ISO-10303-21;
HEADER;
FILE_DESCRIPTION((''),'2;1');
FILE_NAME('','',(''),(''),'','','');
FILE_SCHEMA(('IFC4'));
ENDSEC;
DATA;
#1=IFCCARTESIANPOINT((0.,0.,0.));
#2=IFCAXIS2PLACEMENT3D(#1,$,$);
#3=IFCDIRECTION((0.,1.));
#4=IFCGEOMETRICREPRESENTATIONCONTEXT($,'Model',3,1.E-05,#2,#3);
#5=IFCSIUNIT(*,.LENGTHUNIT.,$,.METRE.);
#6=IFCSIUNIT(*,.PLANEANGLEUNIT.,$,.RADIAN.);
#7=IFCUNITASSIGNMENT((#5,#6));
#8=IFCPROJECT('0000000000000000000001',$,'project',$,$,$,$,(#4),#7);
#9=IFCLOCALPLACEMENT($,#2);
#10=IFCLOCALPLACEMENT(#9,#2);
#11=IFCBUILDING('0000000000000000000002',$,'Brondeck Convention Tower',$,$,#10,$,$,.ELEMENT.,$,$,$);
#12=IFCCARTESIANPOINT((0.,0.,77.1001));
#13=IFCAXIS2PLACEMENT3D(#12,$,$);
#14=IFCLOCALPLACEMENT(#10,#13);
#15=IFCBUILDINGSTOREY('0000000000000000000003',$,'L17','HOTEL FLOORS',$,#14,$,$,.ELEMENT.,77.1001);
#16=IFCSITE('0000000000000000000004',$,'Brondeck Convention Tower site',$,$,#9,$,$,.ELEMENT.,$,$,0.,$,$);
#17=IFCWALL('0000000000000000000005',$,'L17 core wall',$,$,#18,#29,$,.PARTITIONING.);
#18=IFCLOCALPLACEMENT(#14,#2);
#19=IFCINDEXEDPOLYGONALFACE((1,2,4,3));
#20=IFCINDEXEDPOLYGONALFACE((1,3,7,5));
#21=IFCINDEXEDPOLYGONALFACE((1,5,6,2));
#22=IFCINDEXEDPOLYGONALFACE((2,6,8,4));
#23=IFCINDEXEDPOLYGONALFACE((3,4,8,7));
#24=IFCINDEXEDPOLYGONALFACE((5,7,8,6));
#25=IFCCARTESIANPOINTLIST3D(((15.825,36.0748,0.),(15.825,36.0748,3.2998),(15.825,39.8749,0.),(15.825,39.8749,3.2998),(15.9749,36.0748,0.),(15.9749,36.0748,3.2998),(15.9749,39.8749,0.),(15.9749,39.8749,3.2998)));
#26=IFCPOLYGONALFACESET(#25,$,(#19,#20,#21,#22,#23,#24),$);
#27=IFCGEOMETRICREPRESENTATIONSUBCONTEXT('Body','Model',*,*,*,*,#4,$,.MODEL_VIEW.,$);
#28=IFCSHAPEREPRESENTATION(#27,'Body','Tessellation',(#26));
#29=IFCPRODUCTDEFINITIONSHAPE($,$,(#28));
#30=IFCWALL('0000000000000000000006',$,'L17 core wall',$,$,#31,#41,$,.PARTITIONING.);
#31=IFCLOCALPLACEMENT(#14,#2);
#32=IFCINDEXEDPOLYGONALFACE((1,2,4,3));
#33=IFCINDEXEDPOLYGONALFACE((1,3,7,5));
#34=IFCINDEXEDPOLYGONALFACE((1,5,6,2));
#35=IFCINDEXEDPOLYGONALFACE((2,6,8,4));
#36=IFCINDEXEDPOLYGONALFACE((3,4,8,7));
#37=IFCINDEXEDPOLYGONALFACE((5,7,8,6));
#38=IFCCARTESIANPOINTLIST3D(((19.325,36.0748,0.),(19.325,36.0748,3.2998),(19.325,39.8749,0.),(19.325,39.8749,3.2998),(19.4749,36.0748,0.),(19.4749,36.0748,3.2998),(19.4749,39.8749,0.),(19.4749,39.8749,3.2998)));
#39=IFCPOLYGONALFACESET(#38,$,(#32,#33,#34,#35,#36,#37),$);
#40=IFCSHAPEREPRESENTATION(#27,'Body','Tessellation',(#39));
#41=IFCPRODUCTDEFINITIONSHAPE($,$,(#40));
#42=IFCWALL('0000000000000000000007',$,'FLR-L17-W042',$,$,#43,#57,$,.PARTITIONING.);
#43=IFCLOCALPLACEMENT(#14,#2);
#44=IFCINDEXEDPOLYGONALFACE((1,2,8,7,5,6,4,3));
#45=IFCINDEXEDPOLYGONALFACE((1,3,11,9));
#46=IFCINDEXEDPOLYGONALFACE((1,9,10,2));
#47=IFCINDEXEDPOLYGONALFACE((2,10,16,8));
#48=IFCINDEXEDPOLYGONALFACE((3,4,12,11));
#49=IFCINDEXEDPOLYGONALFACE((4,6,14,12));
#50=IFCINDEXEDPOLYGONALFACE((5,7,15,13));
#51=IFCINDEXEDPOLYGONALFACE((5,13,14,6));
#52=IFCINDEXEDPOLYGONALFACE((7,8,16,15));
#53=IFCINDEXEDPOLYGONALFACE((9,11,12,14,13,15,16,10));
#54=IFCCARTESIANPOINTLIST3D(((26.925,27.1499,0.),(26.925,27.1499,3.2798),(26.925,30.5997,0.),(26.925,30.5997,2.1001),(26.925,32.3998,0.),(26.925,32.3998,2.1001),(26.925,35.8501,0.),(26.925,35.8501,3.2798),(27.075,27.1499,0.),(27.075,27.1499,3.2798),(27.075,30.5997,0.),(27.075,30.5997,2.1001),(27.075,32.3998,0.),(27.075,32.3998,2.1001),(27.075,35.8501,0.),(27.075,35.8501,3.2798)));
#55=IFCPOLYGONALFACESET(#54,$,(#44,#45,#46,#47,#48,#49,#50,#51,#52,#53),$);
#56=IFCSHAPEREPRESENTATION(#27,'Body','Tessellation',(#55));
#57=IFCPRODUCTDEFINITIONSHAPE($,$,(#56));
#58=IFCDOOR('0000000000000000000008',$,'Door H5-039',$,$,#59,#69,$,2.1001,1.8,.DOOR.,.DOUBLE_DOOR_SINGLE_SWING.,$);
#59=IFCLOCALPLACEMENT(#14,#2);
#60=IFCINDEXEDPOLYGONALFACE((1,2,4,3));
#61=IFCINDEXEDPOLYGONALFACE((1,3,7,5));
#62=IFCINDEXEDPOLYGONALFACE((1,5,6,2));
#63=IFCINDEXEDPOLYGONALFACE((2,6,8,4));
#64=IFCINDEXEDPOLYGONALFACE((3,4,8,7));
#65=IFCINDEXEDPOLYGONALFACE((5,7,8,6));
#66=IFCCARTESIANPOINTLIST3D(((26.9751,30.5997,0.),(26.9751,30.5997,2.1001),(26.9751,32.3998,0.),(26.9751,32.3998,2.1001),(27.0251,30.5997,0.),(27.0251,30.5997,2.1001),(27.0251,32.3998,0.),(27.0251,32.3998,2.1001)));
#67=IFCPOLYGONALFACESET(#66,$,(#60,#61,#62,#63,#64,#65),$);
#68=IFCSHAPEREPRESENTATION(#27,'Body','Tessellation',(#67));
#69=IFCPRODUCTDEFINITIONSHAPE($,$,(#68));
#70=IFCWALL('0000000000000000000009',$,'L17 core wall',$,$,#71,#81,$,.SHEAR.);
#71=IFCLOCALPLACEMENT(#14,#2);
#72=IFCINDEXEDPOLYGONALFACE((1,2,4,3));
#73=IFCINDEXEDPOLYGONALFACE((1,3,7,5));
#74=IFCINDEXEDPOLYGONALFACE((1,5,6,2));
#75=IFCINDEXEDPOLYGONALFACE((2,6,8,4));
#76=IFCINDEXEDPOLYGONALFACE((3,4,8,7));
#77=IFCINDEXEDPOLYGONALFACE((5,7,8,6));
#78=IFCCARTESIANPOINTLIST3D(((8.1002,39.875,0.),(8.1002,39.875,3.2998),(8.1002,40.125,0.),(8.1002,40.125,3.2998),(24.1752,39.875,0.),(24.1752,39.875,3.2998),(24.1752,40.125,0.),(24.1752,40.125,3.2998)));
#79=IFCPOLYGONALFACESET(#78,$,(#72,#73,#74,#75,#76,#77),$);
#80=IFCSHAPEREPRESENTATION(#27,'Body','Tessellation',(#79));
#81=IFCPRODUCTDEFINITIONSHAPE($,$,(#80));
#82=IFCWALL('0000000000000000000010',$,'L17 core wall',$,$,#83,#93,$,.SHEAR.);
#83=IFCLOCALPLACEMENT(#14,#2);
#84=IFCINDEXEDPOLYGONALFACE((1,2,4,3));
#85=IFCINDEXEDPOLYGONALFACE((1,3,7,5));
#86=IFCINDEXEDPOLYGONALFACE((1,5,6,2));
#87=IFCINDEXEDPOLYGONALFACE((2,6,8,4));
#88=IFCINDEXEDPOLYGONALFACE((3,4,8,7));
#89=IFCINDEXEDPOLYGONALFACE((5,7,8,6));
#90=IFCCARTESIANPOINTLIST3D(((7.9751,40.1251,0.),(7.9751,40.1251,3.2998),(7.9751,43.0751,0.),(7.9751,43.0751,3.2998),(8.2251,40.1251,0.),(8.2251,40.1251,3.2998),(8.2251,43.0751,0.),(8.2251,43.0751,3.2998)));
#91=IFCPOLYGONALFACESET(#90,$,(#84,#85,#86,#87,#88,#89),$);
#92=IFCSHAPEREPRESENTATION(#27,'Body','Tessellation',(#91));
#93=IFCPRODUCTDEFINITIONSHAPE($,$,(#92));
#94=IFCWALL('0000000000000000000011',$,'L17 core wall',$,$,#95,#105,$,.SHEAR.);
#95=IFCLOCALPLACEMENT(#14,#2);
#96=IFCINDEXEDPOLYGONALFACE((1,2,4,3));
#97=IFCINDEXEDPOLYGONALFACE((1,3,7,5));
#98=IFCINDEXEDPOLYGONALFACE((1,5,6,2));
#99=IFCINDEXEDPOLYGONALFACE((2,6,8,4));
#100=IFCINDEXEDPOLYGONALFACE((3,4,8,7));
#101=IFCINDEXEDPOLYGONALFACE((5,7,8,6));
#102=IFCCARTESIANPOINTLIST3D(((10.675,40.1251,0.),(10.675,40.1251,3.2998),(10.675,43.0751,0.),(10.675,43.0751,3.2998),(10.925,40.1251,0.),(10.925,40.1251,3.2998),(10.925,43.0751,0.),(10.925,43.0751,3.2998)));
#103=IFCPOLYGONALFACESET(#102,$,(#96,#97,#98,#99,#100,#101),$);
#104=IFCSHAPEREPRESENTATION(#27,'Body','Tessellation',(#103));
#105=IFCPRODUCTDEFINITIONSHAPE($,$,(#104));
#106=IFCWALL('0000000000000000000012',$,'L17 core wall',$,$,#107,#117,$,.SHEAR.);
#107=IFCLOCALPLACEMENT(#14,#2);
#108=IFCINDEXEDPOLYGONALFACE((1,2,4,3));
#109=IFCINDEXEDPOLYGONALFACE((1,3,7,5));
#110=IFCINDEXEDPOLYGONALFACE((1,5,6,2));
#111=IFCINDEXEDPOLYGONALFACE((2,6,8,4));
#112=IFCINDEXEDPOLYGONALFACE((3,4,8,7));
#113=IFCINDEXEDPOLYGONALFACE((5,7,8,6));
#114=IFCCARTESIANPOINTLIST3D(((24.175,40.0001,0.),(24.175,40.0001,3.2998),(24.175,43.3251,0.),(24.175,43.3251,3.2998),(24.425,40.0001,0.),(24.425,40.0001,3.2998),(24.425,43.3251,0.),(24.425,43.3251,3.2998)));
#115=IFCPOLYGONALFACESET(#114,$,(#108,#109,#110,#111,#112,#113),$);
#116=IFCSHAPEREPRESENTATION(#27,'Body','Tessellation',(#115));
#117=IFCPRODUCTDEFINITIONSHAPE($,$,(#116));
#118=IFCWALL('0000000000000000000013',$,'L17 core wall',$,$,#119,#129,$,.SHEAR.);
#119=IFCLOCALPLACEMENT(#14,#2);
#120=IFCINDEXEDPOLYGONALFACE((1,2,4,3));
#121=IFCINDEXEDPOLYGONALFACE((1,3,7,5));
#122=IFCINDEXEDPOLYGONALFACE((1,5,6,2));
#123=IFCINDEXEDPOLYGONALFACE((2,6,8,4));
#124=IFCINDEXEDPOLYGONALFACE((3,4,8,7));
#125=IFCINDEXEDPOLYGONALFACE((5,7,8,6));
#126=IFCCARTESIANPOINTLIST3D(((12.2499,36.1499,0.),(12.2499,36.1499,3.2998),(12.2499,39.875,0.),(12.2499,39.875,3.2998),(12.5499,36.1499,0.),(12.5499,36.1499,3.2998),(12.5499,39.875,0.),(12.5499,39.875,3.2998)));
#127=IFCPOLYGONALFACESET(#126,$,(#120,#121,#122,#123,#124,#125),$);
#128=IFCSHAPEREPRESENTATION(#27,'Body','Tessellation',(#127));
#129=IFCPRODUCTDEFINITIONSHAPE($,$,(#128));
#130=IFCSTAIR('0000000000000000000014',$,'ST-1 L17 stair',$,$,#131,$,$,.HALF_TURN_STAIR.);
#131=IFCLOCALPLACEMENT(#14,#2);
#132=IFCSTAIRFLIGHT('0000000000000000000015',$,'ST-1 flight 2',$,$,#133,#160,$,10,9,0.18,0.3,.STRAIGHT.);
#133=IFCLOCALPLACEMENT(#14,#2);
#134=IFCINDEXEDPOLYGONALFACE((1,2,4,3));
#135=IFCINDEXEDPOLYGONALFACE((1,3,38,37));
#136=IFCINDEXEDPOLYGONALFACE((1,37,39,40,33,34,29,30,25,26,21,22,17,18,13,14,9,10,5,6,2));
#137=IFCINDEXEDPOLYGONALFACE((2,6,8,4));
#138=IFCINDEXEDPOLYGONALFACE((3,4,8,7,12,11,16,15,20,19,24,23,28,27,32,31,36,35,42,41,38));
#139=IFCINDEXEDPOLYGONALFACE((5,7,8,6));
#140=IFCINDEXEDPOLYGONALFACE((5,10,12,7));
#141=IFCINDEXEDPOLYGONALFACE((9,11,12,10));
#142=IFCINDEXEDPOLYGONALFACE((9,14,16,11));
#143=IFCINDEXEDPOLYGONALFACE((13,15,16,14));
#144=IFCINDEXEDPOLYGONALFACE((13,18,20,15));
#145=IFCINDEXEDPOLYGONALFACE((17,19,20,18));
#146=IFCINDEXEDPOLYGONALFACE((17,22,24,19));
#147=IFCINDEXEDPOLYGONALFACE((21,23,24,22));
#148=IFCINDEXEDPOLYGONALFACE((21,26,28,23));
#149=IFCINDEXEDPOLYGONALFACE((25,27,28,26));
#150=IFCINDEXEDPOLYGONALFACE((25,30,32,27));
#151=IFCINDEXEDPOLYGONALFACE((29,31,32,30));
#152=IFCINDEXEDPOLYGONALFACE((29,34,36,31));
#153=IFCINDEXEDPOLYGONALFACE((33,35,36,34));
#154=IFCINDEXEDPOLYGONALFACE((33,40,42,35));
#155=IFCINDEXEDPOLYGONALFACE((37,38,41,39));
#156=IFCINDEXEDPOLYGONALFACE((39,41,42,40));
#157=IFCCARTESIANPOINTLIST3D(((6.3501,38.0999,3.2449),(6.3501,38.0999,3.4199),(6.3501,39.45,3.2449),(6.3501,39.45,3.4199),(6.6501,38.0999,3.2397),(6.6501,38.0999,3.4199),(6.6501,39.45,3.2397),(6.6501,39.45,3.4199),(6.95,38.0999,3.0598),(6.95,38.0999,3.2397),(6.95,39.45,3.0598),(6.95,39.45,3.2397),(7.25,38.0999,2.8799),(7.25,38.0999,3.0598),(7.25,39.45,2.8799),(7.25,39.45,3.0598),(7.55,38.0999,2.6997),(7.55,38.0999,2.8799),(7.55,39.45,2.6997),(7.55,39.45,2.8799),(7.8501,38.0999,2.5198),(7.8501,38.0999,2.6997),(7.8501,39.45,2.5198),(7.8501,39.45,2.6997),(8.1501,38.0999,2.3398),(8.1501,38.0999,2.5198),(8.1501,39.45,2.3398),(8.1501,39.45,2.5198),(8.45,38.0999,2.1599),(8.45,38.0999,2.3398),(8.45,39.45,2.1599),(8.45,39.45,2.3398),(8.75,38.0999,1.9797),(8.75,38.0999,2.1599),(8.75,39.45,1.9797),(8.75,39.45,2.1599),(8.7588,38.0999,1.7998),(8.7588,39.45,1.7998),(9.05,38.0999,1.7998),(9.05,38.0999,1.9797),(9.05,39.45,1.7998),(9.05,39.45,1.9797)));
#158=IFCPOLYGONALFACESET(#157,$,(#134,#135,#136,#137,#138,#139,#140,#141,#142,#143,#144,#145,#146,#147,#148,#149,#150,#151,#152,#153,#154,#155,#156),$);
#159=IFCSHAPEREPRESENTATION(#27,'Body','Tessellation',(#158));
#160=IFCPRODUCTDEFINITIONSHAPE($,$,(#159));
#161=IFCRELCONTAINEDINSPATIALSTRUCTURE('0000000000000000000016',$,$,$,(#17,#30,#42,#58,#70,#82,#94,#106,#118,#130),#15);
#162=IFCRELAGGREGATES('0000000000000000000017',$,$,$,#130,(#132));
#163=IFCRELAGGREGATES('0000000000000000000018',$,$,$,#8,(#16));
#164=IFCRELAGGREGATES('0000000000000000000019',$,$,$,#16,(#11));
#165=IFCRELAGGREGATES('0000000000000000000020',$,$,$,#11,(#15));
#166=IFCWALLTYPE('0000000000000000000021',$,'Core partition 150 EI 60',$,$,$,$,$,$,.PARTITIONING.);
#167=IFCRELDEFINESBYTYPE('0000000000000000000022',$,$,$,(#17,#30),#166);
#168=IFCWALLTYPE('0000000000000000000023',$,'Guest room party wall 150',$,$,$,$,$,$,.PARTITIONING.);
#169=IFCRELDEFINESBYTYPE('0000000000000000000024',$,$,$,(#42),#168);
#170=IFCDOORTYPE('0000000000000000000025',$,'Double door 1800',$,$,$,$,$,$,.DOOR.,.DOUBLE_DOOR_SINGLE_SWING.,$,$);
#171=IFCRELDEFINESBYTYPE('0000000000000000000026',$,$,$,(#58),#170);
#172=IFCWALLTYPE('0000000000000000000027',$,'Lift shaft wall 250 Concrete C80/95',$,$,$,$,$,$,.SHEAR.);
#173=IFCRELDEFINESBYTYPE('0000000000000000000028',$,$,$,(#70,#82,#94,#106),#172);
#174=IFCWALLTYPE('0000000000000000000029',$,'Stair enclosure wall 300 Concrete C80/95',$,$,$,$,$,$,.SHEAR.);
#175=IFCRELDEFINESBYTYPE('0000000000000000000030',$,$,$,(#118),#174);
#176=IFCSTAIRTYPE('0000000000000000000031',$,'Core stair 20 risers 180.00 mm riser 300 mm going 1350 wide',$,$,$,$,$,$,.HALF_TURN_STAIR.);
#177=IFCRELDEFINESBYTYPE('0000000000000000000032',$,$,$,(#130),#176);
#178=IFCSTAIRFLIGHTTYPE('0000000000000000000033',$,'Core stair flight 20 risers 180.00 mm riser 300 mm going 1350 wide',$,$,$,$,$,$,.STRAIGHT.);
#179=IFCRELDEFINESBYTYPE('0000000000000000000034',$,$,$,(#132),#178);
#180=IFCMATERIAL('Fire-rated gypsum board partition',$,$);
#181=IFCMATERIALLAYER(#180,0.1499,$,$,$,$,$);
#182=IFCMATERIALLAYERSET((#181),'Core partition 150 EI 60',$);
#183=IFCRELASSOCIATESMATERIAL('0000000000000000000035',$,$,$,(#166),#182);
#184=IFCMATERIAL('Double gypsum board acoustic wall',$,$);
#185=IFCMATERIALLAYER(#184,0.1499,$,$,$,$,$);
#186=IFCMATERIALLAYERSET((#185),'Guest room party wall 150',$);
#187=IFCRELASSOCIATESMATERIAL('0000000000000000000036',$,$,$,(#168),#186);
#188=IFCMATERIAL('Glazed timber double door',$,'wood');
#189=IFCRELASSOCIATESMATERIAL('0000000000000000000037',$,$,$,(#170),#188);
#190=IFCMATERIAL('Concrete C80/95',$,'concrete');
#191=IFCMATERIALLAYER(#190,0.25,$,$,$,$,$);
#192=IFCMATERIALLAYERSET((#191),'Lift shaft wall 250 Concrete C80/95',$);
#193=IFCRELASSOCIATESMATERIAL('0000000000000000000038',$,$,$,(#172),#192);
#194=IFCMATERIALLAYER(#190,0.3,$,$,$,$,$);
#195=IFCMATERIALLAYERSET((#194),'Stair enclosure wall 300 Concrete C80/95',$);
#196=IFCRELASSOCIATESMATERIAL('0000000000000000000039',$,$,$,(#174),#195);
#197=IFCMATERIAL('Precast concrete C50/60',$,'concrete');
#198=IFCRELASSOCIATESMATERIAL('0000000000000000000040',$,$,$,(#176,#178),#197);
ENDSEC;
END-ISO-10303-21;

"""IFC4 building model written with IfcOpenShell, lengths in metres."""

from ifc_helpers import new_model, si_unit, direction, frame, frame_2d, origin, place, context, subcontext, project, spatial, polyline, rectangle, outline, extrude, material, layer, layer_set, type_object, element, fill, aggregate, save


model = new_model("IFC4")

# Units and contexts
model_context = context("Model", 3, precision=1e-05, world=origin(), true_north=direction((0.0, 1.0)))
body_context = subcontext(model_context, "Body", "Model", "MODEL_VIEW")
ifc_project = project(units=[si_unit("LENGTHUNIT", "METRE"), si_unit("PLANEANGLEUNIT", "RADIAN")], contexts=[model_context])

# Site, building, storey
site_placement = place(None, origin())
site = spatial("IfcSite", under=ifc_project, at=site_placement, Name="Brondeck Convention Tower site", CompositionType="ELEMENT", RefElevation=0.0)
building_placement = place(site_placement, origin())
building = spatial("IfcBuilding", under=site, at=building_placement, Name="Brondeck Convention Tower", CompositionType="ELEMENT")
storey_placement = place(building_placement, frame((0.0, 0.0, 77.1001)))
storey = spatial("IfcBuildingStorey", under=building, at=storey_placement, Name="L17", Description="HOTEL FLOORS", CompositionType="ELEMENT", Elevation=77.1001)

# Shared definitions
ifc_material_1 = material(Name="Concrete C80/95", Category="concrete")

# Walls
ifc_material_2 = material(Name="Fire-rated gypsum board partition")
ifc_layer_1 = layer(ifc_material_2, 0.1499)
ifc_layer_set_1 = layer_set([ifc_layer_1], Name="Core partition 150 EI 60")
wall_type_1 = type_object("IfcWallType", Name="Core partition 150 EI 60", PredefinedType="PARTITIONING", material=ifc_layer_set_1)
for number, where, z_axis, x_axis, name in (
    (1, (15.8999, 36.075, 0.0), (0.0, 0.0, 1.0), (0.0, 1.0, 0.0), "L17 core wall"),
    (2, (19.3999, 36.075, 0.0), (0.0, 0.0, 1.0), (0.0, 1.0, 0.0), "L17 core wall"),
):
    element("IfcWall", number, at=place(storey_placement, frame(where, z_axis=z_axis, x_axis=x_axis)), inside=storey, type_object=wall_type_1, Name=name, PredefinedType="PARTITIONING", context=body_context, shape_type="SweptSolid", body=[
        extrude(rectangle(XDim=3.8, YDim=0.1499, at=frame_2d((1.8999, 0.0))), origin(), (0.0, 0.0, 1.0), 3.2998),
    ])

# Wall, opening, door
ifc_material_3 = material(Name="Double gypsum board acoustic wall")
ifc_layer_2 = layer(ifc_material_3, 0.1499)
ifc_layer_set_2 = layer_set([ifc_layer_2], Name="Guest room party wall 150")
wall_type_2 = type_object("IfcWallType", Name="Guest room party wall 150", PredefinedType="PARTITIONING", material=ifc_layer_set_2)
wall_1_placement = place(storey_placement, frame((27.0, 27.1499, 0.0), z_axis=(0.0, 0.0, 1.0), x_axis=(0.0, 1.0, 0.0)))
wall_1 = element("IfcWall", 3, at=wall_1_placement, inside=storey, type_object=wall_type_2, Name="FLR-L17-W042", PredefinedType="PARTITIONING", context=body_context, shape_type="SweptSolid", body=[
    extrude(rectangle(XDim=8.7002, YDim=0.1499, at=frame_2d((4.3501, 0.0))), origin(), (0.0, 0.0, 1.0), 3.2798),
])
opening_1_placement = place(wall_1_placement, frame((3.45, 0.0, 0.0)))
opening_1 = element("IfcOpeningElement", 4, at=opening_1_placement, cuts=wall_1, PredefinedType="OPENING", context=body_context, shape_type="SweptSolid", body=[
    extrude(rectangle(XDim=1.8, YDim=2.1001, at=frame_2d((0.8999, 1.05))), frame((0.0, 0.085, 0.0), z_axis=(0.0, -1.0, 0.0), x_axis=(1.0, 0.0, 0.0)), (0.0, 0.0, 1.0), 0.1699),
])
ifc_material_4 = material(Name="Glazed timber double door", Category="wood")
door_type_1 = type_object("IfcDoorType", Name="Double door 1800", OperationType="DOUBLE_DOOR_SINGLE_SWING", PredefinedType="DOOR", material=ifc_material_4)
door_1_placement = place(opening_1_placement, origin())
door_1 = element("IfcDoor", 5, at=door_1_placement, inside=storey, type_object=door_type_1, Name="Door H5-039", OperationType="DOUBLE_DOOR_SINGLE_SWING", OverallHeight=2.1001, OverallWidth=1.8, PredefinedType="DOOR", context=body_context, shape_type="SweptSolid", body=[
    extrude(rectangle(XDim=1.8, YDim=2.1001, at=frame_2d((0.8999, 1.05))), frame((0.0, 0.0249, 0.0), z_axis=(0.0, -1.0, 0.0), x_axis=(1.0, 0.0, 0.0)), (0.0, 0.0, 1.0), 0.05),
])
fill(opening_1, door_1)

# Walls
ifc_layer_3 = layer(ifc_material_1, 0.25)
ifc_layer_set_3 = layer_set([ifc_layer_3], Name="Lift shaft wall 250 Concrete C80/95")
wall_type_3 = type_object("IfcWallType", Name="Lift shaft wall 250 Concrete C80/95", PredefinedType="SHEAR", material=ifc_layer_set_3)
wall_2_placement = place(storey_placement, frame((8.1001, 40.0, 0.0), z_axis=(0.0, 0.0, 1.0), x_axis=(1.0, 0.0, 0.0)))
element("IfcWall", 6, at=wall_2_placement, inside=storey, type_object=wall_type_3, Name="L17 core wall", PredefinedType="SHEAR", context=body_context, shape_type="SweptSolid", body=[
    extrude(rectangle(XDim=16.075, YDim=0.25, at=frame_2d((8.0376, 0.0))), origin(), (0.0, 0.0, 1.0), 3.2998),
])
for number, where, z_axis, x_axis, name in (
    (7, (8.1001, 40.125, 0.0), (0.0, 0.0, 1.0), (0.0, 1.0, 0.0), "L17 core wall"),
    (8, (10.8, 40.125, 0.0), (0.0, 0.0, 1.0), (0.0, 1.0, 0.0), "L17 core wall"),
):
    element("IfcWall", number, at=place(storey_placement, frame(where, z_axis=z_axis, x_axis=x_axis)), inside=storey, type_object=wall_type_3, Name=name, PredefinedType="SHEAR", context=body_context, shape_type="SweptSolid", body=[
        extrude(rectangle(XDim=2.95, YDim=0.25, at=frame_2d((1.4751, 0.0))), origin(), (0.0, 0.0, 1.0), 3.2998),
    ])
wall_3_placement = place(storey_placement, frame((24.3, 40.0, 0.0), z_axis=(0.0, 0.0, 1.0), x_axis=(0.0, 1.0, 0.0)))
element("IfcWall", 9, at=wall_3_placement, inside=storey, type_object=wall_type_3, Name="L17 core wall", PredefinedType="SHEAR", context=body_context, shape_type="SweptSolid", body=[
    extrude(rectangle(XDim=3.325, YDim=0.25, at=frame_2d((1.6626, 0.0))), origin(), (0.0, 0.0, 1.0), 3.2998),
])
ifc_layer_4 = layer(ifc_material_1, 0.3)
ifc_layer_set_4 = layer_set([ifc_layer_4], Name="Stair enclosure wall 300 Concrete C80/95")
wall_type_4 = type_object("IfcWallType", Name="Stair enclosure wall 300 Concrete C80/95", PredefinedType="SHEAR", material=ifc_layer_set_4)
wall_4_placement = place(storey_placement, frame((12.3999, 36.1499, 0.0), z_axis=(0.0, 0.0, 1.0), x_axis=(0.0, 1.0, 0.0)))
element("IfcWall", 10, at=wall_4_placement, inside=storey, type_object=wall_type_4, Name="L17 core wall", PredefinedType="SHEAR", context=body_context, shape_type="SweptSolid", body=[
    extrude(rectangle(XDim=3.7251, YDim=0.3, at=frame_2d((1.8625, 0.0))), origin(), (0.0, 0.0, 1.0), 3.2998),
])

# Stair, stair flight
ifc_material_5 = material(Name="Precast concrete C50/60", Category="concrete")
stair_type = type_object("IfcStairType", Name="Core stair 20 risers 180.00 mm riser 300 mm going 1350 wide", PredefinedType="HALF_TURN_STAIR", material=ifc_material_5)
stair_placement = place(storey_placement, origin())
stair = element("IfcStair", 11, at=stair_placement, inside=storey, type_object=stair_type, Name="ST-1 L17 stair", PredefinedType="HALF_TURN_STAIR")
stair_flight_type = type_object("IfcStairFlightType", Name="Core stair flight 20 risers 180.00 mm riser 300 mm going 1350 wide", PredefinedType="STRAIGHT", material=ifc_material_5)
stair_flight_placement = place(storey_placement, frame((9.05, 38.7749, 1.7998), z_axis=(0.0, 0.0, 1.0), x_axis=(-1.0, 0.0, 0.0)))
stair_flight = element("IfcStairFlight", 12, at=stair_flight_placement, type_object=stair_flight_type, Name="ST-1 flight 2", NumberOfRisers=10, NumberOfTreads=9, PredefinedType="STRAIGHT", RiserHeight=0.18, TreadLength=0.3, context=body_context, shape_type="SweptSolid", body=[
    extrude(outline(polyline([(0.0, 0.0), (0.0, 0.1799), (0.3, 0.1799), (0.3, 0.3601), (0.6001, 0.3601), (0.6001, 0.54), (0.8999, 0.54), (0.8999, 0.72), (1.2, 0.72), (1.2, 0.8999), (1.5, 0.8999), (1.5, 1.0801), (1.8, 1.0801), (1.8, 1.26), (2.1001, 1.26), (2.1001, 1.4399), (2.3999, 1.4399), (2.3999, 1.6201), (2.7, 1.6201), (2.7, 1.8), (2.7, 1.4451), (0.2913, 0.0), (0.0, 0.0)])), frame((0.0, 0.675, 0.0), z_axis=(0.0, -1.0, 0.0), x_axis=(1.0, 0.0, 0.0)), (0.0, 0.0, 1.0), 1.3501),
])
aggregate(stair, [stair_flight])

save(model, "model.ifc")
